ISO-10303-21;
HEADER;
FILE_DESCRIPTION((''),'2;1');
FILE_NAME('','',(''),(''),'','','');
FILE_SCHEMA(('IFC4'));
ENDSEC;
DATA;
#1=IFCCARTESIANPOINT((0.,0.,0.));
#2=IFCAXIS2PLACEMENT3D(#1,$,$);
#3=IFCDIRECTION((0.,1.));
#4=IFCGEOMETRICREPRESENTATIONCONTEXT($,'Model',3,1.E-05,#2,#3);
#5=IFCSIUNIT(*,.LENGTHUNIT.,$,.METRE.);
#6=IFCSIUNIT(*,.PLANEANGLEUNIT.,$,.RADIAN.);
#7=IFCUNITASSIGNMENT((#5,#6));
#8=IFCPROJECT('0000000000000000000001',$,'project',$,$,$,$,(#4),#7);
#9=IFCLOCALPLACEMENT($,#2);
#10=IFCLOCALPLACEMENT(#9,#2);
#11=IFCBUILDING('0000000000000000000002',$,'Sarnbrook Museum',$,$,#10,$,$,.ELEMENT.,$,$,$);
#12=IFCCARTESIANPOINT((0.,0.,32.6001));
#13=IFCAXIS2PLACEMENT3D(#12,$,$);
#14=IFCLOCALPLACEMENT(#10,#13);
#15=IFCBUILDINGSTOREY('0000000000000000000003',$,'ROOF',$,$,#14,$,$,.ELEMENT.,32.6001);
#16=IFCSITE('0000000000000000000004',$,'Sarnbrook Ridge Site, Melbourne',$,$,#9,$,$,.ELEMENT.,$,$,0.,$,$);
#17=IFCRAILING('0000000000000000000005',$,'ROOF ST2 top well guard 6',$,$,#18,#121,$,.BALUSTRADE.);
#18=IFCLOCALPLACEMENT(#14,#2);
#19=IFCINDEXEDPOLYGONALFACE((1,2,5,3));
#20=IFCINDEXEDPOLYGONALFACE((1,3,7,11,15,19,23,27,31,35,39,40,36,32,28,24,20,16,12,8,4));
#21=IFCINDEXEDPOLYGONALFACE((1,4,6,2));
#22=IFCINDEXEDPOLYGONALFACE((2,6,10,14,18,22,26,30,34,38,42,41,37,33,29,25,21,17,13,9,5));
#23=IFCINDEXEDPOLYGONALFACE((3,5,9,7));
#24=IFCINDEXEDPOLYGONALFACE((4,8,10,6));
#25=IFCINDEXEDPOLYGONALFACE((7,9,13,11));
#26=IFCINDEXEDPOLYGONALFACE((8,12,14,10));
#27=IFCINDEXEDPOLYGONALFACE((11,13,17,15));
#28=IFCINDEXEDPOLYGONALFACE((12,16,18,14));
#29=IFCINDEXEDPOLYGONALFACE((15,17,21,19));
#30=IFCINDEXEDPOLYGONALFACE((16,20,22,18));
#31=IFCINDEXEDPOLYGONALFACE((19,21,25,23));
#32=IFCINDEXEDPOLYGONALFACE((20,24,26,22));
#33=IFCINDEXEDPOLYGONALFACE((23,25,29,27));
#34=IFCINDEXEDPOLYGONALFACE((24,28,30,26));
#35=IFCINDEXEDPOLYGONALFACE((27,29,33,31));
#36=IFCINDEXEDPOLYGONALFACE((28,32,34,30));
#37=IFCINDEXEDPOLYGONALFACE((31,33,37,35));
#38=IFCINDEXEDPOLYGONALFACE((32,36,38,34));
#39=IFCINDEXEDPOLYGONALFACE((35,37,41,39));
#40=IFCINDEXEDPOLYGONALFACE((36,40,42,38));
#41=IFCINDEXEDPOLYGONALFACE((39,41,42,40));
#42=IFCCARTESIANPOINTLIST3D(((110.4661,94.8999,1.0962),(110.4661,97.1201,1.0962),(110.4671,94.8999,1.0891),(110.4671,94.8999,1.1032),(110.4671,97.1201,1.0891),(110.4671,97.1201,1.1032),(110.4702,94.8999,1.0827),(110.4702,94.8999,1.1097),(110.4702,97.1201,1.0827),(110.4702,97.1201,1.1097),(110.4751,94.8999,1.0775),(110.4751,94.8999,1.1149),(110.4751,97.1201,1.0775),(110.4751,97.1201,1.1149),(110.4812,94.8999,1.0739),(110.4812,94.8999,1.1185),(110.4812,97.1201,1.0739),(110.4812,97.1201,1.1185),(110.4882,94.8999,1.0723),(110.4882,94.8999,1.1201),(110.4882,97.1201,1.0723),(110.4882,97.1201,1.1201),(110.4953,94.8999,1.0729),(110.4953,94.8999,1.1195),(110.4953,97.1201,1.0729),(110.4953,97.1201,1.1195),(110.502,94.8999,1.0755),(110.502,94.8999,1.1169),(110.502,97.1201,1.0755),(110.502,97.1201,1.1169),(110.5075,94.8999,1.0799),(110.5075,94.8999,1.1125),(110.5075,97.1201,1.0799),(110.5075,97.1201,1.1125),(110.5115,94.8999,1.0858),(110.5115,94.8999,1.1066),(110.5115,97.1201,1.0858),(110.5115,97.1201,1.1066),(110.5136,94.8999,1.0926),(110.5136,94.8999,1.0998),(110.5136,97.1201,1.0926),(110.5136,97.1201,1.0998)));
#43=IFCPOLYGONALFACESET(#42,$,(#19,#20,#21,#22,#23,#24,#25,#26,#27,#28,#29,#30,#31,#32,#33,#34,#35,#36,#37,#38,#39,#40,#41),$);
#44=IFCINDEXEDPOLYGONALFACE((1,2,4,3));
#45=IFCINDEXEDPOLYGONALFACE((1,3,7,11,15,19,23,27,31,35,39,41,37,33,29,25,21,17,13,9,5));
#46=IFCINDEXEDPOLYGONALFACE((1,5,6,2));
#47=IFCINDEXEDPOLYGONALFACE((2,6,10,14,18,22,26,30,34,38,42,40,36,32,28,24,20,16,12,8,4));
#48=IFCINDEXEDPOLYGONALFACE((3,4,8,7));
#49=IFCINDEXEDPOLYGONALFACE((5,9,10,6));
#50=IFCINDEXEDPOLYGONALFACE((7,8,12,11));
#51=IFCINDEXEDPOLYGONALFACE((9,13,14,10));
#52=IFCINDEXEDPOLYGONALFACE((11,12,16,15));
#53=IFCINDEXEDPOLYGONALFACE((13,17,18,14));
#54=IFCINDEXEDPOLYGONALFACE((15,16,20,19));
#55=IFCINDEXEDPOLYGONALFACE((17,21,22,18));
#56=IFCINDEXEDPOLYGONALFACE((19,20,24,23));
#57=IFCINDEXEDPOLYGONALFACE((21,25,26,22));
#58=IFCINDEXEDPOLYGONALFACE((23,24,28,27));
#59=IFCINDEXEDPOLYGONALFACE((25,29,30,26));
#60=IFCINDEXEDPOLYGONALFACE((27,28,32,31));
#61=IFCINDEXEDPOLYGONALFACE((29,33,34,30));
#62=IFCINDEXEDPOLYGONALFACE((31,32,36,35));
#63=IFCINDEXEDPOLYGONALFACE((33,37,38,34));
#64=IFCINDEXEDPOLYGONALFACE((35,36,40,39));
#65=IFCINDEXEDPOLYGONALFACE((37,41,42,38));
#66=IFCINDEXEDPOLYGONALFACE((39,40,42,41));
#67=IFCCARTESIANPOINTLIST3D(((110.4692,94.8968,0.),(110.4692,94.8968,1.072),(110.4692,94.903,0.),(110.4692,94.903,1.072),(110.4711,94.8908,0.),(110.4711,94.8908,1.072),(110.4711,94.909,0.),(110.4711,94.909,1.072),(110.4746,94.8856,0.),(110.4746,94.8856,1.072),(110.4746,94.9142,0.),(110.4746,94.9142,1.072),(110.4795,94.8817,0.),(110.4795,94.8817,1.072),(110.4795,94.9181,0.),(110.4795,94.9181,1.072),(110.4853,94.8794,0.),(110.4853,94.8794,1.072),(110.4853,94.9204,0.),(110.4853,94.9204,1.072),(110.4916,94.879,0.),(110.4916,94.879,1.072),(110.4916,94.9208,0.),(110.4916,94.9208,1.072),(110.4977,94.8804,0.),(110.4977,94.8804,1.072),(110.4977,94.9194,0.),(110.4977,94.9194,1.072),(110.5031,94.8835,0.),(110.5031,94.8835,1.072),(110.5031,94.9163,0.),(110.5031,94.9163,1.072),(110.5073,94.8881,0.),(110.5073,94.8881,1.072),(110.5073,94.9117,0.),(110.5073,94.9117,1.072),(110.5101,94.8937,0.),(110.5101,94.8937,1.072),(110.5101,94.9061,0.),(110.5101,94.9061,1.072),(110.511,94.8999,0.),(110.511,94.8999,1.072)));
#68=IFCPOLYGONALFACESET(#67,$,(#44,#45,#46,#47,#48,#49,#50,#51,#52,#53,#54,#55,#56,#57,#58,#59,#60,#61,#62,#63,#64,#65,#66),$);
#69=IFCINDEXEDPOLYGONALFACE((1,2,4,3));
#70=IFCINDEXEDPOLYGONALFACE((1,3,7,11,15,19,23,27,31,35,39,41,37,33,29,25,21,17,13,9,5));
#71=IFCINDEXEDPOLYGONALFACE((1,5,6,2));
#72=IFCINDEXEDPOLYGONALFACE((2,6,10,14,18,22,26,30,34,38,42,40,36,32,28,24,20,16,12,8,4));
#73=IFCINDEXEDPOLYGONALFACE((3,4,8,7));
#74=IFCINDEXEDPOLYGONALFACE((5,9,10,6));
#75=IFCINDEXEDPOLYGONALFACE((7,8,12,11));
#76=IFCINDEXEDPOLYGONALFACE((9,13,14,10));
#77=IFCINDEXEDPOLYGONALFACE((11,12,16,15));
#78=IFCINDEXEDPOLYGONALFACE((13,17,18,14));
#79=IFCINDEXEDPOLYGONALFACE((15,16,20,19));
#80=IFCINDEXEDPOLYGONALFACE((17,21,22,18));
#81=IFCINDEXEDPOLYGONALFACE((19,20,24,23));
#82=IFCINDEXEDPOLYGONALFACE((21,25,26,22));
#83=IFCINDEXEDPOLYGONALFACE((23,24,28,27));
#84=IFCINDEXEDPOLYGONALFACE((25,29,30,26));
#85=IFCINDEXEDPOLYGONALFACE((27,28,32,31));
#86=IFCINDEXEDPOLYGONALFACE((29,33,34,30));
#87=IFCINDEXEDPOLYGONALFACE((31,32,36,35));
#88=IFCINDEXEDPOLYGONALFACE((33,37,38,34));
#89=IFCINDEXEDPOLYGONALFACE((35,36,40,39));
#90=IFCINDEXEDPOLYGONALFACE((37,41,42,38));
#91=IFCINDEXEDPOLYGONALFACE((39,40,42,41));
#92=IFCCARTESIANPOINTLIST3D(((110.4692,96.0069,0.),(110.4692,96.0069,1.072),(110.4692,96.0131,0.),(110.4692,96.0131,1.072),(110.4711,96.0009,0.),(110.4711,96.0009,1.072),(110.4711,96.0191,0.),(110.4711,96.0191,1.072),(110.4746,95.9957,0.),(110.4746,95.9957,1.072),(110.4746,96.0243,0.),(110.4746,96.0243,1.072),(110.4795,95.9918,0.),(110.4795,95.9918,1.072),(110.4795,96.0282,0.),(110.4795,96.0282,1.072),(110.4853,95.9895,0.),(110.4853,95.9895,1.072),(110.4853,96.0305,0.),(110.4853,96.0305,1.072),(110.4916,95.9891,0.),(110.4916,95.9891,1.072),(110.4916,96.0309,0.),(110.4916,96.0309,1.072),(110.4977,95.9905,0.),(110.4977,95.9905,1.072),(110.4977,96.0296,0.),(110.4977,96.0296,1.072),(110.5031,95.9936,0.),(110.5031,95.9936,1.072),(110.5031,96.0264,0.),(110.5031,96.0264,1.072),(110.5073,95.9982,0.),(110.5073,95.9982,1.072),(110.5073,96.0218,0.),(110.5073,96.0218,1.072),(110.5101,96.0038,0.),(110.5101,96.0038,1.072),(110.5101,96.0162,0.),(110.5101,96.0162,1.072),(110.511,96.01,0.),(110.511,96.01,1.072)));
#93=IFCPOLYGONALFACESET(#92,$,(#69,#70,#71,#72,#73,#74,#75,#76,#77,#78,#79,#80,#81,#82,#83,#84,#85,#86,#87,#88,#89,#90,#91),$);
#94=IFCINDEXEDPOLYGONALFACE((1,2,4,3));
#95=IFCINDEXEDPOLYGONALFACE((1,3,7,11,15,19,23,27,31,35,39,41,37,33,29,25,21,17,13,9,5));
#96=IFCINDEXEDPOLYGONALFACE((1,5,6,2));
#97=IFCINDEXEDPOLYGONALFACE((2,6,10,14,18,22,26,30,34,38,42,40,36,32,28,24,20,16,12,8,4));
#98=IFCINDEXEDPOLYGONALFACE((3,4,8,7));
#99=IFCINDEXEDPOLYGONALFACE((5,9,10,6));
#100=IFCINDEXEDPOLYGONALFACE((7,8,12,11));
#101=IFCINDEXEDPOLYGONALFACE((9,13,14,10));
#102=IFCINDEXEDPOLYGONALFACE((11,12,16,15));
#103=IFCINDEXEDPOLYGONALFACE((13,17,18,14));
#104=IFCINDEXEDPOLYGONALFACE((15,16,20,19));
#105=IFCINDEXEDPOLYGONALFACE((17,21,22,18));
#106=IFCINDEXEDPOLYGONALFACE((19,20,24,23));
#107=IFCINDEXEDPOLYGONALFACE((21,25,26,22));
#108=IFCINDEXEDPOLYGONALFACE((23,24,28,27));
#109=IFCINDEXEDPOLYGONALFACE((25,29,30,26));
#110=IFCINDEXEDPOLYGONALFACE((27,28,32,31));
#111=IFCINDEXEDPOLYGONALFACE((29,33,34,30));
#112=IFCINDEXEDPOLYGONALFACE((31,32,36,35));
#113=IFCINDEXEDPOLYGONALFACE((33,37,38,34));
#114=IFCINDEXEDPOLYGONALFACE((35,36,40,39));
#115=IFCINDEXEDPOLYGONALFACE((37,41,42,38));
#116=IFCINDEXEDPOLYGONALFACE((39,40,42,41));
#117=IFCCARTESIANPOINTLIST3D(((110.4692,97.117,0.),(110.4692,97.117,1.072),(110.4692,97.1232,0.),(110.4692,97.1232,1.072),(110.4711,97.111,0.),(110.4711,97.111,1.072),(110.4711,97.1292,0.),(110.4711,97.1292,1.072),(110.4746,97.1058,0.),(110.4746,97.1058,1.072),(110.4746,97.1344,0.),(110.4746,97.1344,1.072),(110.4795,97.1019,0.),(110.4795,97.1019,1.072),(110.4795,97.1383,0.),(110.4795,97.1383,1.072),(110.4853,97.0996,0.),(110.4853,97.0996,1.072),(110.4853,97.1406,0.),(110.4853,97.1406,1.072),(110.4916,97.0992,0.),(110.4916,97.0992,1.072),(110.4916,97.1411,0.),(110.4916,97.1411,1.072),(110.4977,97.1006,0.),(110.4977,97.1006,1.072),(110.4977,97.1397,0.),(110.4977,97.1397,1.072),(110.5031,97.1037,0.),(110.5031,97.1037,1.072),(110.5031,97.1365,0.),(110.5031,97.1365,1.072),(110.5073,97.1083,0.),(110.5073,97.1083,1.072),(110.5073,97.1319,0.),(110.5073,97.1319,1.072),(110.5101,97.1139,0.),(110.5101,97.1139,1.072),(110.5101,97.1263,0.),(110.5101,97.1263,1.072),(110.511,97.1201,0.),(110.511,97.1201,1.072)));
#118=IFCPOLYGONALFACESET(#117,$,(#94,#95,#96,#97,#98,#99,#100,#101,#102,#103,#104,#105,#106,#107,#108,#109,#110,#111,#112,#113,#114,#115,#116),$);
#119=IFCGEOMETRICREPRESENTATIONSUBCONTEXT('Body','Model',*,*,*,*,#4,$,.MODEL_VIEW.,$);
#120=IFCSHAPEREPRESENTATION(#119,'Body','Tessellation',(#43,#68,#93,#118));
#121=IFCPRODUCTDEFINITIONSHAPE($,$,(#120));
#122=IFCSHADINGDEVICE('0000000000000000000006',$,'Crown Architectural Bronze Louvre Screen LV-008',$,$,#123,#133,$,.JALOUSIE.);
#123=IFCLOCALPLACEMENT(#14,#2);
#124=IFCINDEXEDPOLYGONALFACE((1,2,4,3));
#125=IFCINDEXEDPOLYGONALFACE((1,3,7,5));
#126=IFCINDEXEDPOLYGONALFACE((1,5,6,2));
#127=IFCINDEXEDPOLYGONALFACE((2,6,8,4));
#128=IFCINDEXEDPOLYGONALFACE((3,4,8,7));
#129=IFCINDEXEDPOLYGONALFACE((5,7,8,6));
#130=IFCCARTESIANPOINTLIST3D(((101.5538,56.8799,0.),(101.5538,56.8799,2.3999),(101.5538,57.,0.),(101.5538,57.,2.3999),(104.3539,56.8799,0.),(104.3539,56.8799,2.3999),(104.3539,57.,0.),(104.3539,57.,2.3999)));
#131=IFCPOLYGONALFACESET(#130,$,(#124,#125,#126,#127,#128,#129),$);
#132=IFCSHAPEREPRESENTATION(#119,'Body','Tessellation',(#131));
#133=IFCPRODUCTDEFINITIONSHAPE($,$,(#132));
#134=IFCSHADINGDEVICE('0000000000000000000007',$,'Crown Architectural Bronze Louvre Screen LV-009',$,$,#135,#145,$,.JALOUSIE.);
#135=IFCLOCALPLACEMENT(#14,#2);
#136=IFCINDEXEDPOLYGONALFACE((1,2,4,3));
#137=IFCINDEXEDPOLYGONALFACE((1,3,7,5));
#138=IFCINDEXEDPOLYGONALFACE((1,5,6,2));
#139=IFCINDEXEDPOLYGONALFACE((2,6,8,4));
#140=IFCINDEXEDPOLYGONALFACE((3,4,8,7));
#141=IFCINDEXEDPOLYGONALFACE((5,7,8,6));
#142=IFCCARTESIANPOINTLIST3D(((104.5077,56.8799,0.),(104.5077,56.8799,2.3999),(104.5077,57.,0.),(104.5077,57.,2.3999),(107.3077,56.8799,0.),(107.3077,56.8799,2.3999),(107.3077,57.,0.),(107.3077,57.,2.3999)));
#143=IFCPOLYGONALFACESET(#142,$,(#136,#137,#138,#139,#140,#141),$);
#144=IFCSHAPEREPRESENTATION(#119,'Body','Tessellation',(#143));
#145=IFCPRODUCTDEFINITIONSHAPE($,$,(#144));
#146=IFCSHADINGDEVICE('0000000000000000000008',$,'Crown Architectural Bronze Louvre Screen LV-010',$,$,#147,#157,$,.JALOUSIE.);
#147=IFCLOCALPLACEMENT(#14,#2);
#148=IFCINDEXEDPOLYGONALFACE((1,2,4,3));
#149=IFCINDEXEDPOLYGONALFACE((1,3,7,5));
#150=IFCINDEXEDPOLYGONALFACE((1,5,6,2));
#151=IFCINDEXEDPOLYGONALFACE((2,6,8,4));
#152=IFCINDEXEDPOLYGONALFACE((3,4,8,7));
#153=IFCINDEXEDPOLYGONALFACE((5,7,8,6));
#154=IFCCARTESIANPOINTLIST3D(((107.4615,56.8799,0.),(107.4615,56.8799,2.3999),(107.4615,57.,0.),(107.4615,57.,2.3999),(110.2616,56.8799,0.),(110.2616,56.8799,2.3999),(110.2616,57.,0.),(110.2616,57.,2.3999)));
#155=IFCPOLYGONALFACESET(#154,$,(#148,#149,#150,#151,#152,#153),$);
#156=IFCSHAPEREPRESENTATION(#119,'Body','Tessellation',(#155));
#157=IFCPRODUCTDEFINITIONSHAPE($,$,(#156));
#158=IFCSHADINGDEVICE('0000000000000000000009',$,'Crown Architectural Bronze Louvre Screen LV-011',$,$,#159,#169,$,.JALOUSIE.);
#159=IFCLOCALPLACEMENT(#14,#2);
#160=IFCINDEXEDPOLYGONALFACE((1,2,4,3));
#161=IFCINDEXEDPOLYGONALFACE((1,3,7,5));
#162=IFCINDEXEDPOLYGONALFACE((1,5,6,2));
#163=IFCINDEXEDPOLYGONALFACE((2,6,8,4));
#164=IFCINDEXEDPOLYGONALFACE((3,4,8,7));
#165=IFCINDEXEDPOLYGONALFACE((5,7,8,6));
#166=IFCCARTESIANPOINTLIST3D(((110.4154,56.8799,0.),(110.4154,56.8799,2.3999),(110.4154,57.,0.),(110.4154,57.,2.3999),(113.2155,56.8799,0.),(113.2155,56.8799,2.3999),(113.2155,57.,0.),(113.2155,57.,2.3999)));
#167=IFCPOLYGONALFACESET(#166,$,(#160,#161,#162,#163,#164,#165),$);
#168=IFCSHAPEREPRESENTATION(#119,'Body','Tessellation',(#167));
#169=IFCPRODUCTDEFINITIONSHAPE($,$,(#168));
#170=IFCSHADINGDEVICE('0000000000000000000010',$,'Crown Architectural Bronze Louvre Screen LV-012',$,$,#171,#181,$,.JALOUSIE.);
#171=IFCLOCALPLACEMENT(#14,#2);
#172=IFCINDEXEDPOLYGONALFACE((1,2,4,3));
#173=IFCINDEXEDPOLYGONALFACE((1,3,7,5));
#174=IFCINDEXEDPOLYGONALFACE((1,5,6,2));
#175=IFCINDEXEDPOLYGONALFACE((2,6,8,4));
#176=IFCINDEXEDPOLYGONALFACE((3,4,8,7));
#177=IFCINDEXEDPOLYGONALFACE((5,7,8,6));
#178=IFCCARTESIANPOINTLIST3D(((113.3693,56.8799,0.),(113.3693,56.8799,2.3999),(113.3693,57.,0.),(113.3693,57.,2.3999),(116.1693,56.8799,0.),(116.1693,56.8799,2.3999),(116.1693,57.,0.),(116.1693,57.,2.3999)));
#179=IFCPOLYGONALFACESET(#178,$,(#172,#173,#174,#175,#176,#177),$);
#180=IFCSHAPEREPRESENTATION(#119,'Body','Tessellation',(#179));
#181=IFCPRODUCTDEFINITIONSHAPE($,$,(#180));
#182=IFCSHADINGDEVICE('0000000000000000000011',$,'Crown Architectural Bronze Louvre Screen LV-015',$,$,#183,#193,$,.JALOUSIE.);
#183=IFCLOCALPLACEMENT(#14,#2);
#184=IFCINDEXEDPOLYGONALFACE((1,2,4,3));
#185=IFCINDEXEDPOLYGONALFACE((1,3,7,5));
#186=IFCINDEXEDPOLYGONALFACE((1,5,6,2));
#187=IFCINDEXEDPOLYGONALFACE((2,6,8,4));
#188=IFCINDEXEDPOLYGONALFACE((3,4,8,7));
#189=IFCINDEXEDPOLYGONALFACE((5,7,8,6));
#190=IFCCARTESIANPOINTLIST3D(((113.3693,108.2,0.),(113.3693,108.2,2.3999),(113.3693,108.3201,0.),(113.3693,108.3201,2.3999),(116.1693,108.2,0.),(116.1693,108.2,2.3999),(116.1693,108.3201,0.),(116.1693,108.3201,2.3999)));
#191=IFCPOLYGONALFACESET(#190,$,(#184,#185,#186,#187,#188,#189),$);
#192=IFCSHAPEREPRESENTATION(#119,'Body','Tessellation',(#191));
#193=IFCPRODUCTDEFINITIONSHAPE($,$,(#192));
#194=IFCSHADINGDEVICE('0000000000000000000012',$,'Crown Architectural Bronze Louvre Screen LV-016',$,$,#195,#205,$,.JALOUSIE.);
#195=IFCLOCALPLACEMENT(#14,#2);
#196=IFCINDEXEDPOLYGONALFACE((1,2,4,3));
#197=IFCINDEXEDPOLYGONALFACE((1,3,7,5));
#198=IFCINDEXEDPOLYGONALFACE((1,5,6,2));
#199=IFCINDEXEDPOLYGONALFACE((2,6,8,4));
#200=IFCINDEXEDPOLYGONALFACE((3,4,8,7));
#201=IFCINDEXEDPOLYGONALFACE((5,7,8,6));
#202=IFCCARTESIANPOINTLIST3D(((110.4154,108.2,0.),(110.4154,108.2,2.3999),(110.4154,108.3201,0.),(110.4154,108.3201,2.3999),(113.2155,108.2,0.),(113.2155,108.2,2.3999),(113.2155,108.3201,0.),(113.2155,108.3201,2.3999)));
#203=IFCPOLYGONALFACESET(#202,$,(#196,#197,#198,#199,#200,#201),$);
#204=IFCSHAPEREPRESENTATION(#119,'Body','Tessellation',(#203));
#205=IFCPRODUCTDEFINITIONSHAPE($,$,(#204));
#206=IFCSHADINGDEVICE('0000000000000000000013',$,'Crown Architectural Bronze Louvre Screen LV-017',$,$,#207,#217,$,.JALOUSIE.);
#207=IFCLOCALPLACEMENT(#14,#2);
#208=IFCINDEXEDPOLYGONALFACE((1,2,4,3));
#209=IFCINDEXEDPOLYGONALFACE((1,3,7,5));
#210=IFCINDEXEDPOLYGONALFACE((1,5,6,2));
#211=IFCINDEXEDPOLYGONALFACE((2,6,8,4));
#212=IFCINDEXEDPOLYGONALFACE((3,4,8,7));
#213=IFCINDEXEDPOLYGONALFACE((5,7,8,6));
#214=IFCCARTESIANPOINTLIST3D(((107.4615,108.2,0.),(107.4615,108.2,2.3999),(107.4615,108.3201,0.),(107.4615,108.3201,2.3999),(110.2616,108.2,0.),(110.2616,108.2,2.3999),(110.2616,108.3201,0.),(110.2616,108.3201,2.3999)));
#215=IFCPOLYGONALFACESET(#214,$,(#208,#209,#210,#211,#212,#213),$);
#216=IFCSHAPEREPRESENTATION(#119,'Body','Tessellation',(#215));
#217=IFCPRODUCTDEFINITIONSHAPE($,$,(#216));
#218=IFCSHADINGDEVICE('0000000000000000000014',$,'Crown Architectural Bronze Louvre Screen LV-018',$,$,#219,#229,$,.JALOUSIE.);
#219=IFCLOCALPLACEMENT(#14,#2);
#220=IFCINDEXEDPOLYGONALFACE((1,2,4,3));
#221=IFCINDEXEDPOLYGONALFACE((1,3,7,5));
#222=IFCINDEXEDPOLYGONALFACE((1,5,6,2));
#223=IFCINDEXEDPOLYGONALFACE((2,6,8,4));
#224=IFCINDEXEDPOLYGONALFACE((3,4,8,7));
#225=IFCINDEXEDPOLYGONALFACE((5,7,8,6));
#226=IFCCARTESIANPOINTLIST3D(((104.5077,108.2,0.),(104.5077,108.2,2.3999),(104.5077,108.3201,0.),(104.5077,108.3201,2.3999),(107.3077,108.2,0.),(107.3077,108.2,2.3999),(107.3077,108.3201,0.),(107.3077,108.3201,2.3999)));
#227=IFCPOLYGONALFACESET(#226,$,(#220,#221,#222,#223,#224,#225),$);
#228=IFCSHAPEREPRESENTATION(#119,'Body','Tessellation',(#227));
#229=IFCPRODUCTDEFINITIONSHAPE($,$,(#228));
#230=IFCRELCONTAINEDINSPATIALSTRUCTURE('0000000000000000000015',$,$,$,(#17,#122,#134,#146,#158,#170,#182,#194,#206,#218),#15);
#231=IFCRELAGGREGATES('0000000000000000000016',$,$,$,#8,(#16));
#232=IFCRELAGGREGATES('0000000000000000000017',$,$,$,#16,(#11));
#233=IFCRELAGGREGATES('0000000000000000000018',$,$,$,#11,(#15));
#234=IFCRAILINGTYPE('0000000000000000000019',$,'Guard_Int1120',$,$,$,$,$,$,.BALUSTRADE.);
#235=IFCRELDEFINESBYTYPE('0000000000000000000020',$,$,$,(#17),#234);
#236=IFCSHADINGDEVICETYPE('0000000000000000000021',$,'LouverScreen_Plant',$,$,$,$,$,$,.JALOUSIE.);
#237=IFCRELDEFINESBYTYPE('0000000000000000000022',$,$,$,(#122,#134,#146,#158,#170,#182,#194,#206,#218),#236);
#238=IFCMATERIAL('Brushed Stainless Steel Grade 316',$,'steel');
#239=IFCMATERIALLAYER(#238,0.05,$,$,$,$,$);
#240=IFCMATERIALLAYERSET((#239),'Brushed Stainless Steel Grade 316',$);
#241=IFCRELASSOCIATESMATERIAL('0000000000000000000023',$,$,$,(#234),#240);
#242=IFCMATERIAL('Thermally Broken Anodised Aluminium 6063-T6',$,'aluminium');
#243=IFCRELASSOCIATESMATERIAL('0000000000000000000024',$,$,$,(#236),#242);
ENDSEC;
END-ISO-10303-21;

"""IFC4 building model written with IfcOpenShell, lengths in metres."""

from ifc_helpers import new_model, si_unit, direction, frame, origin, origin_2d, place, context, subcontext, project, spatial, rectangle, circle, extrude, material, layer, layer_set, type_object, element, save


model = new_model("IFC4")

# Units and contexts
model_context = context("Model", 3, precision=1e-05, world=origin(), true_north=direction((0.0, 1.0)))
body_context = subcontext(model_context, "Body", "Model", "MODEL_VIEW")
ifc_project = project(units=[si_unit("LENGTHUNIT", "METRE"), si_unit("PLANEANGLEUNIT", "RADIAN")], contexts=[model_context])

# Site, building, storey
site_placement = place(None, origin())
site = spatial("IfcSite", under=ifc_project, at=site_placement, Name="Sarnbrook Ridge Site, Melbourne", CompositionType="ELEMENT", RefElevation=0.0)
building_placement = place(site_placement, origin())
building = spatial("IfcBuilding", under=site, at=building_placement, Name="Sarnbrook Museum", CompositionType="ELEMENT")
storey_placement = place(building_placement, frame((0.0, 0.0, 32.6001)))
storey = spatial("IfcBuildingStorey", under=building, at=storey_placement, Name="ROOF", CompositionType="ELEMENT", Elevation=32.6001)

# Shared definitions
ifc_material_1 = material(Name="Brushed Stainless Steel Grade 316", Category="steel")

# Railing
ifc_layer_1 = layer(ifc_material_1, 0.05)
ifc_layer_set_1 = layer_set([ifc_layer_1], Name="Brushed Stainless Steel Grade 316")
railing_type = type_object("IfcRailingType", Name="Guard_Int1120", PredefinedType="BALUSTRADE", material=ifc_layer_set_1)
railing_1_placement = place(storey_placement, frame((110.49, 94.8999, 0.0)))
element("IfcRailing", 1, at=railing_1_placement, inside=storey, type_object=railing_type, Name="ROOF ST2 top well guard 6", PredefinedType="BALUSTRADE", context=body_context, shape_type="SweptSolid", body=[
    extrude(circle(Radius=0.0239, at=origin_2d()), frame((0.0, 0.0, 1.0962), z_axis=(0.0, 1.0, 0.0), x_axis=(-1.0, 0.0, 0.0)), (0.0, 0.0, 1.0), 2.2202),
    extrude(circle(Radius=0.021, at=origin_2d()), origin(), (0.0, 0.0, 1.0), 1.072),
    extrude(circle(Radius=0.021, at=origin_2d()), frame((0.0, 1.1101, 0.0)), (0.0, 0.0, 1.0), 1.072),
    extrude(circle(Radius=0.021, at=origin_2d()), frame((0.0, 2.2202, 0.0)), (0.0, 0.0, 1.0), 1.072),
])

# Shading devices
ifc_material_2 = material(Name="Thermally Broken Anodised Aluminium 6063-T6", Category="aluminium")
shading_device_type = type_object("IfcShadingDeviceType", Name="LouverScreen_Plant", PredefinedType="JALOUSIE", material=ifc_material_2)
for number, where, z_axis, x_axis, name in (
    (2, (102.9539, 56.9399, 0.0), (0.0, 0.0, 1.0), (1.0, 0.0, 0.0), "Crown Architectural Bronze Louvre Screen LV-008"),
    (3, (105.9077, 56.9399, 0.0), (0.0, 0.0, 1.0), (1.0, 0.0, 0.0), "Crown Architectural Bronze Louvre Screen LV-009"),
    (4, (108.8616, 56.9399, 0.0), (0.0, 0.0, 1.0), (1.0, 0.0, 0.0), "Crown Architectural Bronze Louvre Screen LV-010"),
    (5, (111.8154, 56.9399, 0.0), (0.0, 0.0, 1.0), (1.0, 0.0, 0.0), "Crown Architectural Bronze Louvre Screen LV-011"),
    (6, (114.7693, 56.9399, 0.0), (0.0, 0.0, 1.0), (1.0, 0.0, 0.0), "Crown Architectural Bronze Louvre Screen LV-012"),
    (7, (114.7693, 108.26, 0.0), (0.0, 0.0, 1.0), (-1.0, 0.0, 0.0), "Crown Architectural Bronze Louvre Screen LV-015"),
    (8, (111.8154, 108.26, 0.0), (0.0, 0.0, 1.0), (-1.0, 0.0, 0.0), "Crown Architectural Bronze Louvre Screen LV-016"),
    (9, (108.8616, 108.26, 0.0), (0.0, 0.0, 1.0), (-1.0, 0.0, 0.0), "Crown Architectural Bronze Louvre Screen LV-017"),
    (10, (105.9077, 108.26, 0.0), (0.0, 0.0, 1.0), (-1.0, 0.0, 0.0), "Crown Architectural Bronze Louvre Screen LV-018"),
):
    element("IfcShadingDevice", number, at=place(storey_placement, frame(where, z_axis=z_axis, x_axis=x_axis)), inside=storey, type_object=shading_device_type, Name=name, PredefinedType="JALOUSIE", context=body_context, shape_type="SweptSolid", body=[
        extrude(rectangle(XDim=2.8, YDim=0.1201, at=origin_2d()), origin(), (0.0, 0.0, 1.0), 2.3999),
    ])

save(model, "model.ifc")
